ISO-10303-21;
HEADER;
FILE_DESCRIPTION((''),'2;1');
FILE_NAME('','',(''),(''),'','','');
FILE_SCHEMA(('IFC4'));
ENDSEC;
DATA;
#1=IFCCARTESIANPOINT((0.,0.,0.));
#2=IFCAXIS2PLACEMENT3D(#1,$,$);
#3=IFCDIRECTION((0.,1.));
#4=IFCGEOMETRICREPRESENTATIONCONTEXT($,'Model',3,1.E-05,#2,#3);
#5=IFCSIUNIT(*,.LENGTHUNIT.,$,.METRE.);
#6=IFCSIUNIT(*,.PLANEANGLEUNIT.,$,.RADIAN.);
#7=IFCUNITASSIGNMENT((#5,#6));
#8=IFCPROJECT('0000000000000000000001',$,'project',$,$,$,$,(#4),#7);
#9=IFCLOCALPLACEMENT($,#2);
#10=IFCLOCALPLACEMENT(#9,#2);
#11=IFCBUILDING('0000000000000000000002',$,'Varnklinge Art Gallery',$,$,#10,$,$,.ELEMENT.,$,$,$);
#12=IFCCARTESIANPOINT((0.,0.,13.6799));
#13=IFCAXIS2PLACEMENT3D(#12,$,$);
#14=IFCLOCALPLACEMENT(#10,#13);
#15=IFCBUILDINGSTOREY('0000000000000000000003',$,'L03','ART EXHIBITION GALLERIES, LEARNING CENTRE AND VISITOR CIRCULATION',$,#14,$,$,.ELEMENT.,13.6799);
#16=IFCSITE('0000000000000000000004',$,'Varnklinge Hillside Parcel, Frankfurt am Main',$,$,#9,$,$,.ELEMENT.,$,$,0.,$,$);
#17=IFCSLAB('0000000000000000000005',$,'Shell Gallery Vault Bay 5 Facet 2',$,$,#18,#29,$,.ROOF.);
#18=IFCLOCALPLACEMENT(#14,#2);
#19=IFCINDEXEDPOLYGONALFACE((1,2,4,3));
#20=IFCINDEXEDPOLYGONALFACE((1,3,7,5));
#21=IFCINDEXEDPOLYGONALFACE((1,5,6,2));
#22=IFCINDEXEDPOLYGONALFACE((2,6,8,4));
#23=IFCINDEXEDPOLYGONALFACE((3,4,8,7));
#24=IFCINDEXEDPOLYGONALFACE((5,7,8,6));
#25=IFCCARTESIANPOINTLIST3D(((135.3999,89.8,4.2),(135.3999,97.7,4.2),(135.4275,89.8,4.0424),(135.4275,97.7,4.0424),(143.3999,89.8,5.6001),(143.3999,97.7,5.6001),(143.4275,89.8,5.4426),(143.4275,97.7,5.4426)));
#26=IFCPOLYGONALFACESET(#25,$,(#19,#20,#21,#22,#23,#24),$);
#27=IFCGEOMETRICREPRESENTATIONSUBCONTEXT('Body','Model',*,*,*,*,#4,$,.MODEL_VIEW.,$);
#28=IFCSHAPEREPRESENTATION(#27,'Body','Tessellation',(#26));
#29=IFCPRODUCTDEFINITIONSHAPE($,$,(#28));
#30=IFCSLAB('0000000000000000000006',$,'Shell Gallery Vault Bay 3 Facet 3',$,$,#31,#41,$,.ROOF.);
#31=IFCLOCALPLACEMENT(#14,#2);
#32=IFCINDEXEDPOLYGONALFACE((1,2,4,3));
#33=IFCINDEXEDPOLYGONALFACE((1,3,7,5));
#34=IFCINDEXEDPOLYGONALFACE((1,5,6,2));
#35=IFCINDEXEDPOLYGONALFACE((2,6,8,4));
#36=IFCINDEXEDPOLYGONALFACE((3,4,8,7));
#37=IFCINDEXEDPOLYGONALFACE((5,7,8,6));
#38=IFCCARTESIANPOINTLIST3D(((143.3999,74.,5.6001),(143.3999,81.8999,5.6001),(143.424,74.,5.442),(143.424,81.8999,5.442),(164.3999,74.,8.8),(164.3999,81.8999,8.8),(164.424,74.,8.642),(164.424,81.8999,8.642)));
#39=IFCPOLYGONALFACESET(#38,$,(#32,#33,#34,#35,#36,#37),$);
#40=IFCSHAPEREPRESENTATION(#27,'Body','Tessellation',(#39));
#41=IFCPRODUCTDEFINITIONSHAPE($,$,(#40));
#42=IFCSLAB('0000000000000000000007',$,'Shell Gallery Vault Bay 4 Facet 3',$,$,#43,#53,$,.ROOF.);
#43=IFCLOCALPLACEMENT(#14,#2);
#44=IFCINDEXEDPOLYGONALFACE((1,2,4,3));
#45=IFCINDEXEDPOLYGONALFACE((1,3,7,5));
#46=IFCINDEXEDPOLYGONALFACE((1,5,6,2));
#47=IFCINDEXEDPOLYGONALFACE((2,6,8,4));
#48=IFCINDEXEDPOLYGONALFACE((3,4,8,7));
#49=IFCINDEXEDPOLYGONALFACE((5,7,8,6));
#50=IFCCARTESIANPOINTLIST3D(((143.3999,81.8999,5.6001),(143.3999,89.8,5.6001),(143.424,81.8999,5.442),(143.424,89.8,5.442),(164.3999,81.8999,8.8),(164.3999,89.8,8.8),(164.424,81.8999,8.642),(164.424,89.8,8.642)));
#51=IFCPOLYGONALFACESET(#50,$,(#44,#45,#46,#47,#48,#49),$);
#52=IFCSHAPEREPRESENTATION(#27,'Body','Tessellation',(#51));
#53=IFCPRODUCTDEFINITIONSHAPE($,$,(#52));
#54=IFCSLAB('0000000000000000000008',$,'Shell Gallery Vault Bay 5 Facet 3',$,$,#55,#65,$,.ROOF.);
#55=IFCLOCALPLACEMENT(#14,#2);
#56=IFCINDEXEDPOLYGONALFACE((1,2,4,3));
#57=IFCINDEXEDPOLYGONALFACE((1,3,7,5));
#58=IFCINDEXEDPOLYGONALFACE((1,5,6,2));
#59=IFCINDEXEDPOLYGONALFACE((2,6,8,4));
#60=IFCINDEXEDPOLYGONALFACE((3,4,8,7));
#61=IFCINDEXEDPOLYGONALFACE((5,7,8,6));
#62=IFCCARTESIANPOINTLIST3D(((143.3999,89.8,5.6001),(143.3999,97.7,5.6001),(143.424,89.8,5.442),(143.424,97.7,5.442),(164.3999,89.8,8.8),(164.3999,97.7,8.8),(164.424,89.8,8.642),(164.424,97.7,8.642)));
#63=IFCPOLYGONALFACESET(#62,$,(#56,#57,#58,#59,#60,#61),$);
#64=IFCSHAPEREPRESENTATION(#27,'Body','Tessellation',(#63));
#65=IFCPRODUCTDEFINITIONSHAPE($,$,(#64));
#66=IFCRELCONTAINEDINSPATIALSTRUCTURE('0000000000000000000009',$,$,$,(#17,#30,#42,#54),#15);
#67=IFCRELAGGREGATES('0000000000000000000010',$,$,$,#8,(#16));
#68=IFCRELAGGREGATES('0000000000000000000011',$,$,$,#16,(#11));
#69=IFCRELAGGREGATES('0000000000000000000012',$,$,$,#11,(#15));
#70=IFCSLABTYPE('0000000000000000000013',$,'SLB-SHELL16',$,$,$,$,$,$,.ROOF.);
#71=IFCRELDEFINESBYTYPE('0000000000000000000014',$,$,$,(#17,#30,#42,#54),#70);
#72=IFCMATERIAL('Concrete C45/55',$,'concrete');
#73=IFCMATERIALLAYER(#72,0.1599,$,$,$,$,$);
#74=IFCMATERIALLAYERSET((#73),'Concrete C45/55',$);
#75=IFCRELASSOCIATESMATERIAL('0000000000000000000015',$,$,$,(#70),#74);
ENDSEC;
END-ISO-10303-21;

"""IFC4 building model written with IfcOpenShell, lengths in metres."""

from ifc_helpers import new_model, si_unit, direction, frame, origin, place, context, subcontext, project, spatial, polyline, outline, extrude, material, layer, layer_set, type_object, element, save


model = new_model("IFC4")

# Units and contexts
model_context = context("Model", 3, precision=1e-05, world=origin(), true_north=direction((0.0, 1.0)))
body_context = subcontext(model_context, "Body", "Model", "MODEL_VIEW")
ifc_project = project(units=[si_unit("LENGTHUNIT", "METRE"), si_unit("PLANEANGLEUNIT", "RADIAN")], contexts=[model_context])

# Site, building, storey
site_placement = place(None, origin())
site = spatial("IfcSite", under=ifc_project, at=site_placement, Name="Varnklinge Hillside Parcel, Frankfurt am Main", CompositionType="ELEMENT", RefElevation=0.0)
building_placement = place(site_placement, origin())
building = spatial("IfcBuilding", under=site, at=building_placement, Name="Varnklinge Art Gallery", CompositionType="ELEMENT")
storey_placement = place(building_placement, frame((0.0, 0.0, 13.6799)))
storey = spatial("IfcBuildingStorey", under=building, at=storey_placement, Name="L03", Description="ART EXHIBITION GALLERIES, LEARNING CENTRE AND VISITOR CIRCULATION", CompositionType="ELEMENT", Elevation=13.6799)

# Slabs
ifc_material_1 = material(Name="Concrete C45/55", Category="concrete")
ifc_layer_1 = layer(ifc_material_1, 0.1599)
ifc_layer_set_1 = layer_set([ifc_layer_1], Name="Concrete C45/55")
slab_type = type_object("IfcSlabType", Name="SLB-SHELL16", PredefinedType="ROOF", material=ifc_layer_set_1)
slab_1_placement = place(storey_placement, frame((135.3999, 89.8, 4.2), z_axis=(-0.172398, 0.0, 0.985027), x_axis=(0.985027, 0.0, 0.172398)))
element("IfcSlab", 1, at=slab_1_placement, inside=storey, type_object=slab_type, Name="Shell Gallery Vault Bay 5 Facet 2", PredefinedType="ROOF", context=body_context, shape_type="SweptSolid", body=[
    extrude(outline(polyline([(0.0, 0.0), (8.1216, 0.0), (8.1216, 7.8999), (0.0, 7.8999), (0.0, 0.0)])), origin(), (0.0, 0.0, -1.0), 0.1599),
])
slab_2_placement = place(storey_placement, frame((143.3999, 74.0, 5.6001), z_axis=(-0.15064, 0.0, 0.988589), x_axis=(0.988589, 0.0, 0.15064)))
element("IfcSlab", 2, at=slab_2_placement, inside=storey, type_object=slab_type, Name="Shell Gallery Vault Bay 3 Facet 3", PredefinedType="ROOF", context=body_context, shape_type="SweptSolid", body=[
    extrude(outline(polyline([(0.0, 0.0), (21.2424, 0.0), (21.2424, 7.8999), (0.0, 7.8999), (0.0, 0.0)])), origin(), (0.0, 0.0, -1.0), 0.1599),
])
slab_3_placement = place(storey_placement, frame((143.3999, 81.8999, 5.6001), z_axis=(-0.15064, 0.0, 0.988589), x_axis=(0.988589, 0.0, 0.15064)))
element("IfcSlab", 3, at=slab_3_placement, inside=storey, type_object=slab_type, Name="Shell Gallery Vault Bay 4 Facet 3", PredefinedType="ROOF", context=body_context, shape_type="SweptSolid", body=[
    extrude(outline(polyline([(0.0, 0.0), (21.2424, 0.0), (21.2424, 7.9001), (0.0, 7.9001), (0.0, 0.0)])), origin(), (0.0, 0.0, -1.0), 0.1599),
])
slab_4_placement = place(storey_placement, frame((143.3999, 89.8, 5.6001), z_axis=(-0.15064, 0.0, 0.988589), x_axis=(0.988589, 0.0, 0.15064)))
element("IfcSlab", 4, at=slab_4_placement, inside=storey, type_object=slab_type, Name="Shell Gallery Vault Bay 5 Facet 3", PredefinedType="ROOF", context=body_context, shape_type="SweptSolid", body=[
    extrude(outline(polyline([(0.0, 0.0), (21.2424, 0.0), (21.2424, 7.8999), (0.0, 7.8999), (0.0, 0.0)])), origin(), (0.0, 0.0, -1.0), 0.1599),
])

save(model, "model.ifc")
